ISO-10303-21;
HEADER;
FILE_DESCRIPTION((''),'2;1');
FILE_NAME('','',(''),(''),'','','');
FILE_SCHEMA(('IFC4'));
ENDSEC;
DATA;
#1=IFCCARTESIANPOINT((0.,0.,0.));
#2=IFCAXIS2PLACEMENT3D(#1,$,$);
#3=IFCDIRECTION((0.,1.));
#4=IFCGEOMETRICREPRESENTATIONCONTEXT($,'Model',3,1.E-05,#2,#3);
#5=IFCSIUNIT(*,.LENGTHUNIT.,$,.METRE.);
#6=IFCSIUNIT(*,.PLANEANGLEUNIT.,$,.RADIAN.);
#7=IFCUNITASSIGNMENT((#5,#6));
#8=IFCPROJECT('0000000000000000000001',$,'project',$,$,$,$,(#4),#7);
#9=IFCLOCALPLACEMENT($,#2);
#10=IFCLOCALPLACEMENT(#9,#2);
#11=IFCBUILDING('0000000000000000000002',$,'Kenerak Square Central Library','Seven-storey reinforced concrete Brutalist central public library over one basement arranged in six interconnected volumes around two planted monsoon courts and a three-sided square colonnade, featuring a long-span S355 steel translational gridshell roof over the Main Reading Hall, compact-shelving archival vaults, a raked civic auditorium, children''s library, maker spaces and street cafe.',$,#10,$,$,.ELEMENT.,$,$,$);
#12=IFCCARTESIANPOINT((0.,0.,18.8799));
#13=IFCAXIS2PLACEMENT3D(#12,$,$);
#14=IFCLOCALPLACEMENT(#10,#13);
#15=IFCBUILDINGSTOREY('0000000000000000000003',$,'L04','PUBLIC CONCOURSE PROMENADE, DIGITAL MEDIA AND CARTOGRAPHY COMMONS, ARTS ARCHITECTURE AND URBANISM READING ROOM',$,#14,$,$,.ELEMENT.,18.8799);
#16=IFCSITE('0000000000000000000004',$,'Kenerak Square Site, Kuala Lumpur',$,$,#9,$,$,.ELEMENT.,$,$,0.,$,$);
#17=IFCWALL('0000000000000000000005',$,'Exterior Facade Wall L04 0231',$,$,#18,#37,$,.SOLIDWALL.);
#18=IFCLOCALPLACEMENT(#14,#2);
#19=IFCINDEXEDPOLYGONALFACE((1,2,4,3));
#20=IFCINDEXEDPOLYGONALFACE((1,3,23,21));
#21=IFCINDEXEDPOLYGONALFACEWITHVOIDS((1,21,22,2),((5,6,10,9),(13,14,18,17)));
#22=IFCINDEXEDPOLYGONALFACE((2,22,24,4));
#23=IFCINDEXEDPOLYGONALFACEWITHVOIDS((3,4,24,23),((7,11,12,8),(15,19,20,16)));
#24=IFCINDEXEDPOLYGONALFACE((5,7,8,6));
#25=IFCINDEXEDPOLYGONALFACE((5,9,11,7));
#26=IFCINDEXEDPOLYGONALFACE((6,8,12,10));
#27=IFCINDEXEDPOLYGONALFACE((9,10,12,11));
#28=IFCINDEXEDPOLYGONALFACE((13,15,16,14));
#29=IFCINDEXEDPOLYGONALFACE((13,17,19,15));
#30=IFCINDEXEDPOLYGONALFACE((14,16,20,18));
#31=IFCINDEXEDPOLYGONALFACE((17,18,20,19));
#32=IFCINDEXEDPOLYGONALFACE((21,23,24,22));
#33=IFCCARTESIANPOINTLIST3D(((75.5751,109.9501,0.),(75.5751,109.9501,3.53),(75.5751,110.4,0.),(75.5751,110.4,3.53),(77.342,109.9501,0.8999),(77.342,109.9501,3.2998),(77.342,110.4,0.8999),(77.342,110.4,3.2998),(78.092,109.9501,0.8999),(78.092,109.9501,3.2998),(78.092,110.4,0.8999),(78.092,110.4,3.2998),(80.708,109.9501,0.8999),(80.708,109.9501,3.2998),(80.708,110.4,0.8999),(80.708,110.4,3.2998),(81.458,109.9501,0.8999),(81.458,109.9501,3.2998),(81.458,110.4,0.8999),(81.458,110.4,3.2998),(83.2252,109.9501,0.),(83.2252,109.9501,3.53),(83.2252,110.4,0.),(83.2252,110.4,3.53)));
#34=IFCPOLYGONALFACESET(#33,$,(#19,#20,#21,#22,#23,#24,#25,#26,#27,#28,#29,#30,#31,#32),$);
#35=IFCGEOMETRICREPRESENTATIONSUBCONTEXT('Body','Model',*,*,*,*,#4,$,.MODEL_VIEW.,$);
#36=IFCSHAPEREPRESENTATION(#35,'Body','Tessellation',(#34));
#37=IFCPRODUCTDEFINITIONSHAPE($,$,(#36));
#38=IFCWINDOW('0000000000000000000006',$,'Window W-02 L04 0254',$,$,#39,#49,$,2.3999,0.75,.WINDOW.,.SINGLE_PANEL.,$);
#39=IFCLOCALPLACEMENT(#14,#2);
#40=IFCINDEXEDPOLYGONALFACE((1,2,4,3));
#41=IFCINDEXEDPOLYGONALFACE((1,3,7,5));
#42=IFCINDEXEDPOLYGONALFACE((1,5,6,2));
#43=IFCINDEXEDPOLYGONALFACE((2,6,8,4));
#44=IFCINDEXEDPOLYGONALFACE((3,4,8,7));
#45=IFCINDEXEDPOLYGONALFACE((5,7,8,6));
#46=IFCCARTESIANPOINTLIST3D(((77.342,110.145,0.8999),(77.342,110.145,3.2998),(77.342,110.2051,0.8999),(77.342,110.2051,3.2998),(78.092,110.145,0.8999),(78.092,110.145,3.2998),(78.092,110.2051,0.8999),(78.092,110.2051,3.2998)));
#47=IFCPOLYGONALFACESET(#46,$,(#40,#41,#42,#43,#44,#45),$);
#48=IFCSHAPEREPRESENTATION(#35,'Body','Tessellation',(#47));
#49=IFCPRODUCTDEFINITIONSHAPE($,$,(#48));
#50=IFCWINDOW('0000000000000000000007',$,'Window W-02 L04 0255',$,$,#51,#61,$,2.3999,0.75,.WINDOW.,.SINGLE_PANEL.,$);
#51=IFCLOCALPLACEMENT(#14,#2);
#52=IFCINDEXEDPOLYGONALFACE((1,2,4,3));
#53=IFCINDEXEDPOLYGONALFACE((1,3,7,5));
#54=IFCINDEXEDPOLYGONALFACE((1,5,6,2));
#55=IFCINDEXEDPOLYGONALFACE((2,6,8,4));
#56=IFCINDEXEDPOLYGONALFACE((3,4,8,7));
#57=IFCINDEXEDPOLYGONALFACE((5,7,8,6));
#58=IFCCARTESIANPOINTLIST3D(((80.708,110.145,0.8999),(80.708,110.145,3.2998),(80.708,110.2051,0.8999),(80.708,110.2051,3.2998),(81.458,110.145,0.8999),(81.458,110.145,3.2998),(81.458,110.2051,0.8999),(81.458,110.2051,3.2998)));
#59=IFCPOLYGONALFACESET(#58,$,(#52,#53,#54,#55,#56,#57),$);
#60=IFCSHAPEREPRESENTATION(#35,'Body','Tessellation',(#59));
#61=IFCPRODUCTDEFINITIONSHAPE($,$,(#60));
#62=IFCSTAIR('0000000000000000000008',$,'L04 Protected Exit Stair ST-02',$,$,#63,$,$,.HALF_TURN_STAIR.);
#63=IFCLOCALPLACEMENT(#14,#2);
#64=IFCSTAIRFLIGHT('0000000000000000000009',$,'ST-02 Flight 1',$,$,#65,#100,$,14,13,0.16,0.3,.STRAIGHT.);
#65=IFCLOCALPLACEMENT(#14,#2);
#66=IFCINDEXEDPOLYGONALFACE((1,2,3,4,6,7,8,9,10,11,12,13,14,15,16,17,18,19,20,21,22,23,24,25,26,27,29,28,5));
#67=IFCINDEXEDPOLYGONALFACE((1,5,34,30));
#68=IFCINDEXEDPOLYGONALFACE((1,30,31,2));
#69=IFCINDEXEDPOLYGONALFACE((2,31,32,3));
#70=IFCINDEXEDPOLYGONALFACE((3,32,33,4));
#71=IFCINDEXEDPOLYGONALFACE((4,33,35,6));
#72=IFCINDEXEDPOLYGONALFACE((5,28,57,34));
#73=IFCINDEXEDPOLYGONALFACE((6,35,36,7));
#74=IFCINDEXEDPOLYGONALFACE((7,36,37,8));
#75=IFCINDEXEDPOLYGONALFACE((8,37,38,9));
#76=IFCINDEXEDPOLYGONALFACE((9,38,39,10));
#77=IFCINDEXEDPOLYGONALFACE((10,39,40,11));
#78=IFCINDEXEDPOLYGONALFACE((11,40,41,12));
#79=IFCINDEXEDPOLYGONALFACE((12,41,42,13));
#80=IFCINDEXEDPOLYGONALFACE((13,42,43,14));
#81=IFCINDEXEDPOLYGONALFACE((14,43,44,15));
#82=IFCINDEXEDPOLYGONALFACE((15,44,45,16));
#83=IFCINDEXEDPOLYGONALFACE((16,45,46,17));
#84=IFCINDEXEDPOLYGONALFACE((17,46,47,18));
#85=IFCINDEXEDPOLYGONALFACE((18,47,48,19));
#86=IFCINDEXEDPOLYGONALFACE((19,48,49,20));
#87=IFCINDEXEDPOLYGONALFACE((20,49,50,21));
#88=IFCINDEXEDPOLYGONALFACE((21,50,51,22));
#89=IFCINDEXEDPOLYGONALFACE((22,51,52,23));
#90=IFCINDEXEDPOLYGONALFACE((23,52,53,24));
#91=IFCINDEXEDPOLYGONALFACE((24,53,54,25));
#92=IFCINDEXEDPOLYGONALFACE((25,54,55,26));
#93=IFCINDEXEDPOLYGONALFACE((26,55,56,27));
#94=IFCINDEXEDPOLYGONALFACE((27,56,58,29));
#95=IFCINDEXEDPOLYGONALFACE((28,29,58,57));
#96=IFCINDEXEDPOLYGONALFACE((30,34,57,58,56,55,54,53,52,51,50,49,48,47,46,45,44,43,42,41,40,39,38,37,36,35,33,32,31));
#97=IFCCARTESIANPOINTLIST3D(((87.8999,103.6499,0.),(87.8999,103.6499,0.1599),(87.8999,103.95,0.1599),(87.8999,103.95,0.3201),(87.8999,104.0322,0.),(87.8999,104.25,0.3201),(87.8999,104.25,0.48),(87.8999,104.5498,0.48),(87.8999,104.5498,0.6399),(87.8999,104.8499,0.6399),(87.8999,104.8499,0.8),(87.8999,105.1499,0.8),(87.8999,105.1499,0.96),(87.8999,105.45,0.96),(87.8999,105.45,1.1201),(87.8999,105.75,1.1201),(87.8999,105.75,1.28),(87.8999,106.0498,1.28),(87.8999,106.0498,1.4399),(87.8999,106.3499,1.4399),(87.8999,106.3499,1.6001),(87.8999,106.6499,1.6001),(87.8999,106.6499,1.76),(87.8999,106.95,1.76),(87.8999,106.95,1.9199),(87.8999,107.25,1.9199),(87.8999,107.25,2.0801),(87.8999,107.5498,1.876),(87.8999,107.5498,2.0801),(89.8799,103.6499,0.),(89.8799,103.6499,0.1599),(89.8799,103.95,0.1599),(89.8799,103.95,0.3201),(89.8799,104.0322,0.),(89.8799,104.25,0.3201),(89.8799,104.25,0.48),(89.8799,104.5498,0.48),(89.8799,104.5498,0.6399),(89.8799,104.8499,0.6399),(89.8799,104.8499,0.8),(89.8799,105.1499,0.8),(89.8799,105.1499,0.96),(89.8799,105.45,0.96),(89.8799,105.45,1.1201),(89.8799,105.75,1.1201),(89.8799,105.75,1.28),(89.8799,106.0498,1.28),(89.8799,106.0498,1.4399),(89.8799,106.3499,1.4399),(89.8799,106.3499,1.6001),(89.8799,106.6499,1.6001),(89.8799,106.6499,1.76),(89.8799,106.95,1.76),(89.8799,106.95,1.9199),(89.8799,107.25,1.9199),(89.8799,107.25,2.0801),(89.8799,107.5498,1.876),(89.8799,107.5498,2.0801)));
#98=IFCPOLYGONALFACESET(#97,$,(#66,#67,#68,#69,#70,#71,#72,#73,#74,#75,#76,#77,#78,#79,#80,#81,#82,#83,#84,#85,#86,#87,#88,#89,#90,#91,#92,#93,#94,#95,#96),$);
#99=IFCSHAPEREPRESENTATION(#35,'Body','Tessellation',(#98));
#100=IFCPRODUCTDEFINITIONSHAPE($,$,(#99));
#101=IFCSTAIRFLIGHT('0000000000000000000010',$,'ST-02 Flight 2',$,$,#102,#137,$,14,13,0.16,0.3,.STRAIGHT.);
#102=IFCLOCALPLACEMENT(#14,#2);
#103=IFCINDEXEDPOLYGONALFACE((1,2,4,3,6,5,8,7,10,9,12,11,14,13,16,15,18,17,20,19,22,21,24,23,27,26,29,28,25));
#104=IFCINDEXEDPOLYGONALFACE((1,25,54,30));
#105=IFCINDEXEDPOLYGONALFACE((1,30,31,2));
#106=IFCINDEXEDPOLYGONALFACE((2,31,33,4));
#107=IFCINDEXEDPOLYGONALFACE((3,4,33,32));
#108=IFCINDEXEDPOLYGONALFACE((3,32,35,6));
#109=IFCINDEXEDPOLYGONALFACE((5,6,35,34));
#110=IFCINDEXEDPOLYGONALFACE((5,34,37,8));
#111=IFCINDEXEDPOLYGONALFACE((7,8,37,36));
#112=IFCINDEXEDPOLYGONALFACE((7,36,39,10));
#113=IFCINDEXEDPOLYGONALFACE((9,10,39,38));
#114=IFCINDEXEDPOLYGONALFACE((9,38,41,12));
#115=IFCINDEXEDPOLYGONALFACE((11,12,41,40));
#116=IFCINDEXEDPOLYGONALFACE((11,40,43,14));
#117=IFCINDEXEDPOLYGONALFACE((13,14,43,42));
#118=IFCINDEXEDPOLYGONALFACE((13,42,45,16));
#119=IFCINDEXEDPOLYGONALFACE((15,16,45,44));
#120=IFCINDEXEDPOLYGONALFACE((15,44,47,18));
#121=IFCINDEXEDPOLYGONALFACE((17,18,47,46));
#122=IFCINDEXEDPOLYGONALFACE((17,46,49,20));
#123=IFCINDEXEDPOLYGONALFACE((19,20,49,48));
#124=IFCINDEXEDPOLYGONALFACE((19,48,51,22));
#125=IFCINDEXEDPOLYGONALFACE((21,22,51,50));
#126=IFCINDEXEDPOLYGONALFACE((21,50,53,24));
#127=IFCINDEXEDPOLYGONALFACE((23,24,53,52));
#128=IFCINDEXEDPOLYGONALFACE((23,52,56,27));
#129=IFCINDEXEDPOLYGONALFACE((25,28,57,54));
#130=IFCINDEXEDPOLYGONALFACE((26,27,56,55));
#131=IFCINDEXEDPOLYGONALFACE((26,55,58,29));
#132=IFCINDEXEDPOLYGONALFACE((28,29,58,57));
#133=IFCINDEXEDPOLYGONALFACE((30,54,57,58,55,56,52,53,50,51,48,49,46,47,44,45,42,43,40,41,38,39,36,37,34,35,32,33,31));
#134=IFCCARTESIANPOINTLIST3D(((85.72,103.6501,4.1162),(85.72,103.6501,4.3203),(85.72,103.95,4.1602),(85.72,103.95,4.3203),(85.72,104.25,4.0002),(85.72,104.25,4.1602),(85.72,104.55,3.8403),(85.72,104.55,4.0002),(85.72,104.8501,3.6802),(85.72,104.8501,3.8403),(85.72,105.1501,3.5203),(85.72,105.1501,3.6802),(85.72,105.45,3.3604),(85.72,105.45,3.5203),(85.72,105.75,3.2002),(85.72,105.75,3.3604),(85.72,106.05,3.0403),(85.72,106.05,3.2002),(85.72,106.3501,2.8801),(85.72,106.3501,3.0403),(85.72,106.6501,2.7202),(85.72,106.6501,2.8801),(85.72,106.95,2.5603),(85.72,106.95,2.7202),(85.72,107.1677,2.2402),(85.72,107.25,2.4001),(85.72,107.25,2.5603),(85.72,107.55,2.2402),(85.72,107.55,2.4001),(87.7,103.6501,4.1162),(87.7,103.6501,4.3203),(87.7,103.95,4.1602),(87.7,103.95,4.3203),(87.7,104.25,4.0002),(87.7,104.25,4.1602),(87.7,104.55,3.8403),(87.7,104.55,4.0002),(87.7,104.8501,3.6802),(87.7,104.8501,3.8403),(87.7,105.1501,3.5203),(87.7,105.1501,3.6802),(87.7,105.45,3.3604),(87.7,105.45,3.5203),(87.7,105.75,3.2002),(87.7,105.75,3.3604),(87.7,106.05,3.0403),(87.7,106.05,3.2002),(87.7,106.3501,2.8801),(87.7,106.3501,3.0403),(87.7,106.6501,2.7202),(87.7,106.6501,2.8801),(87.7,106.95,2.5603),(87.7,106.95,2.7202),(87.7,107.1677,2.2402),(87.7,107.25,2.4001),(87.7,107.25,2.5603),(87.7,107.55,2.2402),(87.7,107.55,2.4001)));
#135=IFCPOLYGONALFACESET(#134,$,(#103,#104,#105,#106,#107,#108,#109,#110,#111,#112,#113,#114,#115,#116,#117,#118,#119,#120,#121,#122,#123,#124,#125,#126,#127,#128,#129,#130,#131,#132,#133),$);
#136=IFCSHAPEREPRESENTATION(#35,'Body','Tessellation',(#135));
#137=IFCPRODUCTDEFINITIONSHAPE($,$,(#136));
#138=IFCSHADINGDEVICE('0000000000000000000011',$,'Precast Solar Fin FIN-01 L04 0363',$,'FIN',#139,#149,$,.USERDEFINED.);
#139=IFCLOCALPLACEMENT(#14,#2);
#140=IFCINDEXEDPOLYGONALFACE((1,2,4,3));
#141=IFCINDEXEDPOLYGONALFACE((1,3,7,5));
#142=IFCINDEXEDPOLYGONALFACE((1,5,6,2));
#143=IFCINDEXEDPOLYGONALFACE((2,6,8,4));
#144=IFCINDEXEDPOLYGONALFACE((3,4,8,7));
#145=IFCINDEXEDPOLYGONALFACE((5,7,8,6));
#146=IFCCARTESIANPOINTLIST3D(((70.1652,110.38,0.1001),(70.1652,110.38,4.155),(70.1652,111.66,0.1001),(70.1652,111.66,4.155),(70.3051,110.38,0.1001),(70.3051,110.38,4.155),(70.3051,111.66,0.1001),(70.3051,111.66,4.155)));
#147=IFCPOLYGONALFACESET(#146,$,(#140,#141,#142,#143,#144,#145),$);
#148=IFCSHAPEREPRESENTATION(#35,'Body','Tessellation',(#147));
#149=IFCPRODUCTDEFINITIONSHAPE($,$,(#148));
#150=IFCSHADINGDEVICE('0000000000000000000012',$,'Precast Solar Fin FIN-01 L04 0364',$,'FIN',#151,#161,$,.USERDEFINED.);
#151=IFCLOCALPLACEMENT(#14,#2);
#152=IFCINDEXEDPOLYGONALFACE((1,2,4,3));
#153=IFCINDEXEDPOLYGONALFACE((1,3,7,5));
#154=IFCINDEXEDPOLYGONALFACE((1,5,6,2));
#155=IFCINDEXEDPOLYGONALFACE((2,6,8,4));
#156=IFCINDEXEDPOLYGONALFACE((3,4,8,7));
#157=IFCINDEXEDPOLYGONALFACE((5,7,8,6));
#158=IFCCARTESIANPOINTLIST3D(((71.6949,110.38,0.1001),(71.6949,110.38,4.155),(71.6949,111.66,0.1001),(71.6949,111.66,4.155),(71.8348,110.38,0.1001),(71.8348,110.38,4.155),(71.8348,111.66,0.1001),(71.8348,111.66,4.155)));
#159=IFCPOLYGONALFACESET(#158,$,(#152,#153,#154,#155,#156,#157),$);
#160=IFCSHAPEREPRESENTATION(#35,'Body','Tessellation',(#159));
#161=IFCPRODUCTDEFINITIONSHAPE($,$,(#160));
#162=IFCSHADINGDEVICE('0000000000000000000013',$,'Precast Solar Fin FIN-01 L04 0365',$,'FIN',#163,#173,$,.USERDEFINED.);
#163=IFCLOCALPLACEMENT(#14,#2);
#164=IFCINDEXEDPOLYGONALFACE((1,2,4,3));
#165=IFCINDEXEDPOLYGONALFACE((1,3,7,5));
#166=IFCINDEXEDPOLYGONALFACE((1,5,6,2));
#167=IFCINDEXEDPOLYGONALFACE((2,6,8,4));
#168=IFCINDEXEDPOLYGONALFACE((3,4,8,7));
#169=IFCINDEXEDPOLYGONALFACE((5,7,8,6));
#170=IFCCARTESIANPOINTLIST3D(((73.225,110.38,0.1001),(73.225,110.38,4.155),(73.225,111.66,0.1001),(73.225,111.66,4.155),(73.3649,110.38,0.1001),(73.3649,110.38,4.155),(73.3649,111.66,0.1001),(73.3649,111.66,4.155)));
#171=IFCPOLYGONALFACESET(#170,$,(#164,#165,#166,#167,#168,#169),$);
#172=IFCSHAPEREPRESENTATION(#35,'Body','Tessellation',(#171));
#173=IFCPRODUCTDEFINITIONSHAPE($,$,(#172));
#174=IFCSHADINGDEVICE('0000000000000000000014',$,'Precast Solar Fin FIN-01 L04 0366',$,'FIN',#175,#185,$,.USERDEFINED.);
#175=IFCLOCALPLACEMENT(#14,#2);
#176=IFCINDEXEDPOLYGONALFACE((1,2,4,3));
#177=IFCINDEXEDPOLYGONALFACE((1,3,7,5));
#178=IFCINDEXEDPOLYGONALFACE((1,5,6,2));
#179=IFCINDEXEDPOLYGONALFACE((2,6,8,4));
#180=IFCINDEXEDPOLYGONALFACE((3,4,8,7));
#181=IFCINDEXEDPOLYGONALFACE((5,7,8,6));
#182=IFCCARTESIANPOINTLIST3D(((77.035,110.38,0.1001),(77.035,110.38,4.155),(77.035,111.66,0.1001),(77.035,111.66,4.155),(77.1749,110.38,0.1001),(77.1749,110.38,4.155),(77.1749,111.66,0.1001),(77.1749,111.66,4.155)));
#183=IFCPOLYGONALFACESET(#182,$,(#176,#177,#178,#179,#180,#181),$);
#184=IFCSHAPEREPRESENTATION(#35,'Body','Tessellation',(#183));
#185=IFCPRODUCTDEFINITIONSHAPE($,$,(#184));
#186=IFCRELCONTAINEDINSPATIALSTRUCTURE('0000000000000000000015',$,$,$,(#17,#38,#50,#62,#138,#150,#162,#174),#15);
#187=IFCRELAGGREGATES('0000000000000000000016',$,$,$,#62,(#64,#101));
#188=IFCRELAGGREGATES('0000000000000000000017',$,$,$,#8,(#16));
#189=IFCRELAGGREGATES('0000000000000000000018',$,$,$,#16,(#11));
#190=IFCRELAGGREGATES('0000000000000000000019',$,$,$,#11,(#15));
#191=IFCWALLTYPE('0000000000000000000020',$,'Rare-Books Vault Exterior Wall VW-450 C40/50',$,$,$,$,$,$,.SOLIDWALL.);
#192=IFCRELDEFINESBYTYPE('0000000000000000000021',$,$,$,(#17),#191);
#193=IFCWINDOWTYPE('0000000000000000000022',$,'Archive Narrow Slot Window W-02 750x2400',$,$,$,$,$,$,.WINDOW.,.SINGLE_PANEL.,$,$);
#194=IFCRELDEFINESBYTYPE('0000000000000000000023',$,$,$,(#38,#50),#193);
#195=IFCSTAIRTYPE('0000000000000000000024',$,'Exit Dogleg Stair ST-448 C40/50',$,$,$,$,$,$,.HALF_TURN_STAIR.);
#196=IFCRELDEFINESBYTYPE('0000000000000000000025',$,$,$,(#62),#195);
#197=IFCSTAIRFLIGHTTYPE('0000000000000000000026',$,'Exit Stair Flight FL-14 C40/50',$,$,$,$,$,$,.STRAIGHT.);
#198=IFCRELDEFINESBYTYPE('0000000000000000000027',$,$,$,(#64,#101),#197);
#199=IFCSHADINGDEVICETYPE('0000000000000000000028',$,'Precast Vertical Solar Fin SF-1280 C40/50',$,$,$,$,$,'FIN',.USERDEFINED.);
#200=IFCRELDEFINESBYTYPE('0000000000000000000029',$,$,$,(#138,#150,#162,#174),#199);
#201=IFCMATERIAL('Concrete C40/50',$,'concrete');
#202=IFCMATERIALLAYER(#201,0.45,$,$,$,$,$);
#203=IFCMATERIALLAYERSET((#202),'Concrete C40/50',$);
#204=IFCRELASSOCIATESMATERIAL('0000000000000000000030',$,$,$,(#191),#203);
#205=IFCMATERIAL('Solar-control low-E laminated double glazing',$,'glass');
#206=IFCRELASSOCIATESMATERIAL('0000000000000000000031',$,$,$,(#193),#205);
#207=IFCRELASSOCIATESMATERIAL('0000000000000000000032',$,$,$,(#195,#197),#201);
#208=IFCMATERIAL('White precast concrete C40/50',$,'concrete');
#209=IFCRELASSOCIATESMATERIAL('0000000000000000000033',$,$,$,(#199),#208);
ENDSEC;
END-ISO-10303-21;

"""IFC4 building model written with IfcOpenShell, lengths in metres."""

from ifc_helpers import new_model, si_unit, direction, frame, frame_2d, origin, origin_2d, place, context, subcontext, project, spatial, polyline, rectangle, outline, extrude, material, layer, layer_set, type_object, element, fill, aggregate, save


model = new_model("IFC4")

# Units and contexts
model_context = context("Model", 3, precision=1e-05, world=origin(), true_north=direction((0.0, 1.0)))
body_context = subcontext(model_context, "Body", "Model", "MODEL_VIEW")
ifc_project = project(units=[si_unit("LENGTHUNIT", "METRE"), si_unit("PLANEANGLEUNIT", "RADIAN")], contexts=[model_context])

# Site, building, storey
site_placement = place(None, origin())
site = spatial("IfcSite", under=ifc_project, at=site_placement, Name="Kenerak Square Site, Kuala Lumpur", CompositionType="ELEMENT", RefElevation=0.0)
building_placement = place(site_placement, origin())
building = spatial("IfcBuilding", under=site, at=building_placement, Name="Kenerak Square Central Library", Description="Seven-storey reinforced concrete Brutalist central public library over one basement arranged in six interconnected volumes around two planted monsoon courts and a three-sided square colonnade, featuring a long-span S355 steel translational gridshell roof over the Main Reading Hall, compact-shelving archival vaults, a raked civic auditorium, children's library, maker spaces and street cafe.", CompositionType="ELEMENT")
storey_placement = place(building_placement, frame((0.0, 0.0, 18.8799)))
storey = spatial("IfcBuildingStorey", under=building, at=storey_placement, Name="L04", Description="PUBLIC CONCOURSE PROMENADE, DIGITAL MEDIA AND CARTOGRAPHY COMMONS, ARTS ARCHITECTURE AND URBANISM READING ROOM", CompositionType="ELEMENT", Elevation=18.8799)

# Shared definitions
ifc_material_1 = material(Name="Concrete C40/50", Category="concrete")

# Wall, openings, windows
ifc_layer_1 = layer(ifc_material_1, 0.45)
ifc_layer_set_1 = layer_set([ifc_layer_1], Name="Concrete C40/50")
wall_type_1 = type_object("IfcWallType", Name="Rare-Books Vault Exterior Wall VW-450 C40/50", PredefinedType="SOLIDWALL", material=ifc_layer_set_1)
wall_1_placement = place(storey_placement, frame((75.575, 110.175, 0.0), z_axis=(0.0, 0.0, 1.0), x_axis=(1.0, 0.0, 0.0)))
wall_1 = element("IfcWall", 1, at=wall_1_placement, inside=storey, type_object=wall_type_1, Name="Exterior Facade Wall L04 0231", PredefinedType="SOLIDWALL", context=body_context, shape_type="SweptSolid", body=[
    extrude(rectangle(XDim=7.6501, YDim=0.45, at=frame_2d((3.8252, 0.0))), origin(), (0.0, 0.0, 1.0), 3.53),
])
opening_1_placement = place(wall_1_placement, frame((1.7671, 0.0, 0.8999)))
opening_1 = element("IfcOpeningElement", 2, at=opening_1_placement, cuts=wall_1, PredefinedType="OPENING", context=body_context, shape_type="SweptSolid", body=[
    extrude(rectangle(XDim=0.75, YDim=2.3999, at=frame_2d((0.375, 1.2))), frame((0.0, 0.2349, 0.0), z_axis=(0.0, -1.0, 0.0), x_axis=(1.0, 0.0, 0.0)), (0.0, 0.0, 1.0), 0.47),
])
opening_2_placement = place(wall_1_placement, frame((5.1331, 0.0, 0.8999)))
opening_2 = element("IfcOpeningElement", 3, at=opening_2_placement, cuts=wall_1, PredefinedType="OPENING", context=body_context, shape_type="SweptSolid", body=[
    extrude(rectangle(XDim=0.75, YDim=2.3999, at=frame_2d((0.375, 1.2))), frame((0.0, 0.2349, 0.0), z_axis=(0.0, -1.0, 0.0), x_axis=(1.0, 0.0, 0.0)), (0.0, 0.0, 1.0), 0.47),
])
ifc_material_2 = material(Name="Solar-control low-E laminated double glazing", Category="glass")
window_type = type_object("IfcWindowType", Name="Archive Narrow Slot Window W-02 750x2400", PartitioningType="SINGLE_PANEL", PredefinedType="WINDOW", material=ifc_material_2)
window_1_placement = place(opening_1_placement, origin())
window_1 = element("IfcWindow", 4, at=window_1_placement, inside=storey, type_object=window_type, Name="Window W-02 L04 0254", OverallHeight=2.3999, OverallWidth=0.75, PartitioningType="SINGLE_PANEL", PredefinedType="WINDOW", context=body_context, shape_type="SweptSolid", body=[
    extrude(rectangle(XDim=0.75, YDim=2.3999, at=frame_2d((0.375, 1.2))), frame((0.0, 0.03, 0.0), z_axis=(0.0, -1.0, 0.0), x_axis=(1.0, 0.0, 0.0)), (0.0, 0.0, 1.0), 0.0601),
])
fill(opening_1, window_1)
window_2_placement = place(opening_2_placement, origin())
window_2 = element("IfcWindow", 5, at=window_2_placement, inside=storey, type_object=window_type, Name="Window W-02 L04 0255", OverallHeight=2.3999, OverallWidth=0.75, PartitioningType="SINGLE_PANEL", PredefinedType="WINDOW", context=body_context, shape_type="SweptSolid", body=[
    extrude(rectangle(XDim=0.75, YDim=2.3999, at=frame_2d((0.375, 1.2))), frame((0.0, 0.03, 0.0), z_axis=(0.0, -1.0, 0.0), x_axis=(1.0, 0.0, 0.0)), (0.0, 0.0, 1.0), 0.0601),
])
fill(opening_2, window_2)

# Stair, stair flights
stair_type = type_object("IfcStairType", Name="Exit Dogleg Stair ST-448 C40/50", PredefinedType="HALF_TURN_STAIR", material=ifc_material_1)
stair_placement = place(storey_placement, origin())
stair = element("IfcStair", 6, at=stair_placement, inside=storey, type_object=stair_type, Name="L04 Protected Exit Stair ST-02", PredefinedType="HALF_TURN_STAIR")
stair_flight_type = type_object("IfcStairFlightType", Name="Exit Stair Flight FL-14 C40/50", PredefinedType="STRAIGHT", material=ifc_material_1)
stair_flight_1_placement = place(storey_placement, frame((88.8899, 103.6499, 0.0), z_axis=(0.0, 0.0, 1.0), x_axis=(0.0, 1.0, 0.0)))
stair_flight_1 = element("IfcStairFlight", 7, at=stair_flight_1_placement, type_object=stair_flight_type, Name="ST-02 Flight 1", NumberOfRisers=14, NumberOfTreads=13, PredefinedType="STRAIGHT", RiserHeight=0.16, TreadLength=0.3, context=body_context, shape_type="SweptSolid", body=[
    extrude(outline(polyline([(0.0, 0.0), (0.0, 0.1599), (0.3, 0.1599), (0.3, 0.3201), (0.6001, 0.3201), (0.6001, 0.48), (0.8999, 0.48), (0.8999, 0.6399), (1.2, 0.6399), (1.2, 0.8), (1.5, 0.8), (1.5, 0.96), (1.8, 0.96), (1.8, 1.1201), (2.1001, 1.1201), (2.1001, 1.28), (2.3999, 1.28), (2.3999, 1.4399), (2.7, 1.4399), (2.7, 1.6001), (3.0, 1.6001), (3.0, 1.76), (3.3, 1.76), (3.3, 1.9199), (3.6001, 1.9199), (3.6001, 2.0801), (3.8999, 2.0801), (3.8999, 2.24), (3.8999, 1.876), (0.3823, 0.0), (0.0, 0.0)])), frame((0.0, 0.99, 0.0), z_axis=(0.0, -1.0, 0.0), x_axis=(1.0, 0.0, 0.0)), (0.0, 0.0, 1.0), 1.98),
])
stair_flight_2_placement = place(storey_placement, frame((86.71, 107.55, 2.2402), z_axis=(0.0, 0.0, 1.0), x_axis=(0.0, -1.0, 0.0)))
stair_flight_2 = element("IfcStairFlight", 8, at=stair_flight_2_placement, type_object=stair_flight_type, Name="ST-02 Flight 2", NumberOfRisers=14, NumberOfTreads=13, PredefinedType="STRAIGHT", RiserHeight=0.16, TreadLength=0.3, context=body_context, shape_type="SweptSolid", body=[
    extrude(outline(polyline([(0.0, 0.0), (0.0, 0.1599), (0.3, 0.1599), (0.3, 0.3201), (0.6001, 0.3201), (0.6001, 0.48), (0.8999, 0.48), (0.8999, 0.6399), (1.2, 0.6399), (1.2, 0.8), (1.5, 0.8), (1.5, 0.96), (1.8, 0.96), (1.8, 1.1201), (2.1001, 1.1201), (2.1001, 1.28), (2.3999, 1.28), (2.3999, 1.4399), (2.7, 1.4399), (2.7, 1.6001), (3.0, 1.6001), (3.0, 1.76), (3.3, 1.76), (3.3, 1.9199), (3.6001, 1.9199), (3.6001, 2.0801), (3.8999, 2.0801), (3.8999, 2.24), (3.8999, 1.876), (0.3823, 0.0), (0.0, 0.0)])), frame((0.0, 0.99, 0.0), z_axis=(0.0, -1.0, 0.0), x_axis=(1.0, 0.0, 0.0)), (0.0, 0.0, 1.0), 1.98),
])
aggregate(stair, [stair_flight_1, stair_flight_2])

# Shading devices
ifc_material_3 = material(Name="White precast concrete C40/50", Category="concrete")
shading_device_type = type_object("IfcShadingDeviceType", Name="Precast Vertical Solar Fin SF-1280 C40/50", ElementType="FIN", PredefinedType="USERDEFINED", material=ifc_material_3)
for number, where, z_axis, x_axis, name in (
    (9, (70.2351, 111.02, 0.1001), (0.0, 0.0, 1.0), (1.0, 0.0, 0.0), "Precast Solar Fin FIN-01 L04 0363"),
    (10, (71.7649, 111.02, 0.1001), (0.0, 0.0, 1.0), (1.0, 0.0, 0.0), "Precast Solar Fin FIN-01 L04 0364"),
    (11, (73.2949, 111.02, 0.1001), (0.0, 0.0, 1.0), (1.0, 0.0, 0.0), "Precast Solar Fin FIN-01 L04 0365"),
    (12, (77.105, 111.02, 0.1001), (0.0, 0.0, 1.0), (1.0, 0.0, 0.0), "Precast Solar Fin FIN-01 L04 0366"),
):
    element("IfcShadingDevice", number, at=place(storey_placement, frame(where, z_axis=z_axis, x_axis=x_axis)), inside=storey, type_object=shading_device_type, Name=name, ObjectType="FIN", PredefinedType="USERDEFINED", context=body_context, shape_type="SweptSolid", body=[
        extrude(rectangle(XDim=0.1399, YDim=1.28, at=origin_2d()), origin(), (0.0, 0.0, 1.0), 4.0549),
    ])

save(model, "model.ifc")
